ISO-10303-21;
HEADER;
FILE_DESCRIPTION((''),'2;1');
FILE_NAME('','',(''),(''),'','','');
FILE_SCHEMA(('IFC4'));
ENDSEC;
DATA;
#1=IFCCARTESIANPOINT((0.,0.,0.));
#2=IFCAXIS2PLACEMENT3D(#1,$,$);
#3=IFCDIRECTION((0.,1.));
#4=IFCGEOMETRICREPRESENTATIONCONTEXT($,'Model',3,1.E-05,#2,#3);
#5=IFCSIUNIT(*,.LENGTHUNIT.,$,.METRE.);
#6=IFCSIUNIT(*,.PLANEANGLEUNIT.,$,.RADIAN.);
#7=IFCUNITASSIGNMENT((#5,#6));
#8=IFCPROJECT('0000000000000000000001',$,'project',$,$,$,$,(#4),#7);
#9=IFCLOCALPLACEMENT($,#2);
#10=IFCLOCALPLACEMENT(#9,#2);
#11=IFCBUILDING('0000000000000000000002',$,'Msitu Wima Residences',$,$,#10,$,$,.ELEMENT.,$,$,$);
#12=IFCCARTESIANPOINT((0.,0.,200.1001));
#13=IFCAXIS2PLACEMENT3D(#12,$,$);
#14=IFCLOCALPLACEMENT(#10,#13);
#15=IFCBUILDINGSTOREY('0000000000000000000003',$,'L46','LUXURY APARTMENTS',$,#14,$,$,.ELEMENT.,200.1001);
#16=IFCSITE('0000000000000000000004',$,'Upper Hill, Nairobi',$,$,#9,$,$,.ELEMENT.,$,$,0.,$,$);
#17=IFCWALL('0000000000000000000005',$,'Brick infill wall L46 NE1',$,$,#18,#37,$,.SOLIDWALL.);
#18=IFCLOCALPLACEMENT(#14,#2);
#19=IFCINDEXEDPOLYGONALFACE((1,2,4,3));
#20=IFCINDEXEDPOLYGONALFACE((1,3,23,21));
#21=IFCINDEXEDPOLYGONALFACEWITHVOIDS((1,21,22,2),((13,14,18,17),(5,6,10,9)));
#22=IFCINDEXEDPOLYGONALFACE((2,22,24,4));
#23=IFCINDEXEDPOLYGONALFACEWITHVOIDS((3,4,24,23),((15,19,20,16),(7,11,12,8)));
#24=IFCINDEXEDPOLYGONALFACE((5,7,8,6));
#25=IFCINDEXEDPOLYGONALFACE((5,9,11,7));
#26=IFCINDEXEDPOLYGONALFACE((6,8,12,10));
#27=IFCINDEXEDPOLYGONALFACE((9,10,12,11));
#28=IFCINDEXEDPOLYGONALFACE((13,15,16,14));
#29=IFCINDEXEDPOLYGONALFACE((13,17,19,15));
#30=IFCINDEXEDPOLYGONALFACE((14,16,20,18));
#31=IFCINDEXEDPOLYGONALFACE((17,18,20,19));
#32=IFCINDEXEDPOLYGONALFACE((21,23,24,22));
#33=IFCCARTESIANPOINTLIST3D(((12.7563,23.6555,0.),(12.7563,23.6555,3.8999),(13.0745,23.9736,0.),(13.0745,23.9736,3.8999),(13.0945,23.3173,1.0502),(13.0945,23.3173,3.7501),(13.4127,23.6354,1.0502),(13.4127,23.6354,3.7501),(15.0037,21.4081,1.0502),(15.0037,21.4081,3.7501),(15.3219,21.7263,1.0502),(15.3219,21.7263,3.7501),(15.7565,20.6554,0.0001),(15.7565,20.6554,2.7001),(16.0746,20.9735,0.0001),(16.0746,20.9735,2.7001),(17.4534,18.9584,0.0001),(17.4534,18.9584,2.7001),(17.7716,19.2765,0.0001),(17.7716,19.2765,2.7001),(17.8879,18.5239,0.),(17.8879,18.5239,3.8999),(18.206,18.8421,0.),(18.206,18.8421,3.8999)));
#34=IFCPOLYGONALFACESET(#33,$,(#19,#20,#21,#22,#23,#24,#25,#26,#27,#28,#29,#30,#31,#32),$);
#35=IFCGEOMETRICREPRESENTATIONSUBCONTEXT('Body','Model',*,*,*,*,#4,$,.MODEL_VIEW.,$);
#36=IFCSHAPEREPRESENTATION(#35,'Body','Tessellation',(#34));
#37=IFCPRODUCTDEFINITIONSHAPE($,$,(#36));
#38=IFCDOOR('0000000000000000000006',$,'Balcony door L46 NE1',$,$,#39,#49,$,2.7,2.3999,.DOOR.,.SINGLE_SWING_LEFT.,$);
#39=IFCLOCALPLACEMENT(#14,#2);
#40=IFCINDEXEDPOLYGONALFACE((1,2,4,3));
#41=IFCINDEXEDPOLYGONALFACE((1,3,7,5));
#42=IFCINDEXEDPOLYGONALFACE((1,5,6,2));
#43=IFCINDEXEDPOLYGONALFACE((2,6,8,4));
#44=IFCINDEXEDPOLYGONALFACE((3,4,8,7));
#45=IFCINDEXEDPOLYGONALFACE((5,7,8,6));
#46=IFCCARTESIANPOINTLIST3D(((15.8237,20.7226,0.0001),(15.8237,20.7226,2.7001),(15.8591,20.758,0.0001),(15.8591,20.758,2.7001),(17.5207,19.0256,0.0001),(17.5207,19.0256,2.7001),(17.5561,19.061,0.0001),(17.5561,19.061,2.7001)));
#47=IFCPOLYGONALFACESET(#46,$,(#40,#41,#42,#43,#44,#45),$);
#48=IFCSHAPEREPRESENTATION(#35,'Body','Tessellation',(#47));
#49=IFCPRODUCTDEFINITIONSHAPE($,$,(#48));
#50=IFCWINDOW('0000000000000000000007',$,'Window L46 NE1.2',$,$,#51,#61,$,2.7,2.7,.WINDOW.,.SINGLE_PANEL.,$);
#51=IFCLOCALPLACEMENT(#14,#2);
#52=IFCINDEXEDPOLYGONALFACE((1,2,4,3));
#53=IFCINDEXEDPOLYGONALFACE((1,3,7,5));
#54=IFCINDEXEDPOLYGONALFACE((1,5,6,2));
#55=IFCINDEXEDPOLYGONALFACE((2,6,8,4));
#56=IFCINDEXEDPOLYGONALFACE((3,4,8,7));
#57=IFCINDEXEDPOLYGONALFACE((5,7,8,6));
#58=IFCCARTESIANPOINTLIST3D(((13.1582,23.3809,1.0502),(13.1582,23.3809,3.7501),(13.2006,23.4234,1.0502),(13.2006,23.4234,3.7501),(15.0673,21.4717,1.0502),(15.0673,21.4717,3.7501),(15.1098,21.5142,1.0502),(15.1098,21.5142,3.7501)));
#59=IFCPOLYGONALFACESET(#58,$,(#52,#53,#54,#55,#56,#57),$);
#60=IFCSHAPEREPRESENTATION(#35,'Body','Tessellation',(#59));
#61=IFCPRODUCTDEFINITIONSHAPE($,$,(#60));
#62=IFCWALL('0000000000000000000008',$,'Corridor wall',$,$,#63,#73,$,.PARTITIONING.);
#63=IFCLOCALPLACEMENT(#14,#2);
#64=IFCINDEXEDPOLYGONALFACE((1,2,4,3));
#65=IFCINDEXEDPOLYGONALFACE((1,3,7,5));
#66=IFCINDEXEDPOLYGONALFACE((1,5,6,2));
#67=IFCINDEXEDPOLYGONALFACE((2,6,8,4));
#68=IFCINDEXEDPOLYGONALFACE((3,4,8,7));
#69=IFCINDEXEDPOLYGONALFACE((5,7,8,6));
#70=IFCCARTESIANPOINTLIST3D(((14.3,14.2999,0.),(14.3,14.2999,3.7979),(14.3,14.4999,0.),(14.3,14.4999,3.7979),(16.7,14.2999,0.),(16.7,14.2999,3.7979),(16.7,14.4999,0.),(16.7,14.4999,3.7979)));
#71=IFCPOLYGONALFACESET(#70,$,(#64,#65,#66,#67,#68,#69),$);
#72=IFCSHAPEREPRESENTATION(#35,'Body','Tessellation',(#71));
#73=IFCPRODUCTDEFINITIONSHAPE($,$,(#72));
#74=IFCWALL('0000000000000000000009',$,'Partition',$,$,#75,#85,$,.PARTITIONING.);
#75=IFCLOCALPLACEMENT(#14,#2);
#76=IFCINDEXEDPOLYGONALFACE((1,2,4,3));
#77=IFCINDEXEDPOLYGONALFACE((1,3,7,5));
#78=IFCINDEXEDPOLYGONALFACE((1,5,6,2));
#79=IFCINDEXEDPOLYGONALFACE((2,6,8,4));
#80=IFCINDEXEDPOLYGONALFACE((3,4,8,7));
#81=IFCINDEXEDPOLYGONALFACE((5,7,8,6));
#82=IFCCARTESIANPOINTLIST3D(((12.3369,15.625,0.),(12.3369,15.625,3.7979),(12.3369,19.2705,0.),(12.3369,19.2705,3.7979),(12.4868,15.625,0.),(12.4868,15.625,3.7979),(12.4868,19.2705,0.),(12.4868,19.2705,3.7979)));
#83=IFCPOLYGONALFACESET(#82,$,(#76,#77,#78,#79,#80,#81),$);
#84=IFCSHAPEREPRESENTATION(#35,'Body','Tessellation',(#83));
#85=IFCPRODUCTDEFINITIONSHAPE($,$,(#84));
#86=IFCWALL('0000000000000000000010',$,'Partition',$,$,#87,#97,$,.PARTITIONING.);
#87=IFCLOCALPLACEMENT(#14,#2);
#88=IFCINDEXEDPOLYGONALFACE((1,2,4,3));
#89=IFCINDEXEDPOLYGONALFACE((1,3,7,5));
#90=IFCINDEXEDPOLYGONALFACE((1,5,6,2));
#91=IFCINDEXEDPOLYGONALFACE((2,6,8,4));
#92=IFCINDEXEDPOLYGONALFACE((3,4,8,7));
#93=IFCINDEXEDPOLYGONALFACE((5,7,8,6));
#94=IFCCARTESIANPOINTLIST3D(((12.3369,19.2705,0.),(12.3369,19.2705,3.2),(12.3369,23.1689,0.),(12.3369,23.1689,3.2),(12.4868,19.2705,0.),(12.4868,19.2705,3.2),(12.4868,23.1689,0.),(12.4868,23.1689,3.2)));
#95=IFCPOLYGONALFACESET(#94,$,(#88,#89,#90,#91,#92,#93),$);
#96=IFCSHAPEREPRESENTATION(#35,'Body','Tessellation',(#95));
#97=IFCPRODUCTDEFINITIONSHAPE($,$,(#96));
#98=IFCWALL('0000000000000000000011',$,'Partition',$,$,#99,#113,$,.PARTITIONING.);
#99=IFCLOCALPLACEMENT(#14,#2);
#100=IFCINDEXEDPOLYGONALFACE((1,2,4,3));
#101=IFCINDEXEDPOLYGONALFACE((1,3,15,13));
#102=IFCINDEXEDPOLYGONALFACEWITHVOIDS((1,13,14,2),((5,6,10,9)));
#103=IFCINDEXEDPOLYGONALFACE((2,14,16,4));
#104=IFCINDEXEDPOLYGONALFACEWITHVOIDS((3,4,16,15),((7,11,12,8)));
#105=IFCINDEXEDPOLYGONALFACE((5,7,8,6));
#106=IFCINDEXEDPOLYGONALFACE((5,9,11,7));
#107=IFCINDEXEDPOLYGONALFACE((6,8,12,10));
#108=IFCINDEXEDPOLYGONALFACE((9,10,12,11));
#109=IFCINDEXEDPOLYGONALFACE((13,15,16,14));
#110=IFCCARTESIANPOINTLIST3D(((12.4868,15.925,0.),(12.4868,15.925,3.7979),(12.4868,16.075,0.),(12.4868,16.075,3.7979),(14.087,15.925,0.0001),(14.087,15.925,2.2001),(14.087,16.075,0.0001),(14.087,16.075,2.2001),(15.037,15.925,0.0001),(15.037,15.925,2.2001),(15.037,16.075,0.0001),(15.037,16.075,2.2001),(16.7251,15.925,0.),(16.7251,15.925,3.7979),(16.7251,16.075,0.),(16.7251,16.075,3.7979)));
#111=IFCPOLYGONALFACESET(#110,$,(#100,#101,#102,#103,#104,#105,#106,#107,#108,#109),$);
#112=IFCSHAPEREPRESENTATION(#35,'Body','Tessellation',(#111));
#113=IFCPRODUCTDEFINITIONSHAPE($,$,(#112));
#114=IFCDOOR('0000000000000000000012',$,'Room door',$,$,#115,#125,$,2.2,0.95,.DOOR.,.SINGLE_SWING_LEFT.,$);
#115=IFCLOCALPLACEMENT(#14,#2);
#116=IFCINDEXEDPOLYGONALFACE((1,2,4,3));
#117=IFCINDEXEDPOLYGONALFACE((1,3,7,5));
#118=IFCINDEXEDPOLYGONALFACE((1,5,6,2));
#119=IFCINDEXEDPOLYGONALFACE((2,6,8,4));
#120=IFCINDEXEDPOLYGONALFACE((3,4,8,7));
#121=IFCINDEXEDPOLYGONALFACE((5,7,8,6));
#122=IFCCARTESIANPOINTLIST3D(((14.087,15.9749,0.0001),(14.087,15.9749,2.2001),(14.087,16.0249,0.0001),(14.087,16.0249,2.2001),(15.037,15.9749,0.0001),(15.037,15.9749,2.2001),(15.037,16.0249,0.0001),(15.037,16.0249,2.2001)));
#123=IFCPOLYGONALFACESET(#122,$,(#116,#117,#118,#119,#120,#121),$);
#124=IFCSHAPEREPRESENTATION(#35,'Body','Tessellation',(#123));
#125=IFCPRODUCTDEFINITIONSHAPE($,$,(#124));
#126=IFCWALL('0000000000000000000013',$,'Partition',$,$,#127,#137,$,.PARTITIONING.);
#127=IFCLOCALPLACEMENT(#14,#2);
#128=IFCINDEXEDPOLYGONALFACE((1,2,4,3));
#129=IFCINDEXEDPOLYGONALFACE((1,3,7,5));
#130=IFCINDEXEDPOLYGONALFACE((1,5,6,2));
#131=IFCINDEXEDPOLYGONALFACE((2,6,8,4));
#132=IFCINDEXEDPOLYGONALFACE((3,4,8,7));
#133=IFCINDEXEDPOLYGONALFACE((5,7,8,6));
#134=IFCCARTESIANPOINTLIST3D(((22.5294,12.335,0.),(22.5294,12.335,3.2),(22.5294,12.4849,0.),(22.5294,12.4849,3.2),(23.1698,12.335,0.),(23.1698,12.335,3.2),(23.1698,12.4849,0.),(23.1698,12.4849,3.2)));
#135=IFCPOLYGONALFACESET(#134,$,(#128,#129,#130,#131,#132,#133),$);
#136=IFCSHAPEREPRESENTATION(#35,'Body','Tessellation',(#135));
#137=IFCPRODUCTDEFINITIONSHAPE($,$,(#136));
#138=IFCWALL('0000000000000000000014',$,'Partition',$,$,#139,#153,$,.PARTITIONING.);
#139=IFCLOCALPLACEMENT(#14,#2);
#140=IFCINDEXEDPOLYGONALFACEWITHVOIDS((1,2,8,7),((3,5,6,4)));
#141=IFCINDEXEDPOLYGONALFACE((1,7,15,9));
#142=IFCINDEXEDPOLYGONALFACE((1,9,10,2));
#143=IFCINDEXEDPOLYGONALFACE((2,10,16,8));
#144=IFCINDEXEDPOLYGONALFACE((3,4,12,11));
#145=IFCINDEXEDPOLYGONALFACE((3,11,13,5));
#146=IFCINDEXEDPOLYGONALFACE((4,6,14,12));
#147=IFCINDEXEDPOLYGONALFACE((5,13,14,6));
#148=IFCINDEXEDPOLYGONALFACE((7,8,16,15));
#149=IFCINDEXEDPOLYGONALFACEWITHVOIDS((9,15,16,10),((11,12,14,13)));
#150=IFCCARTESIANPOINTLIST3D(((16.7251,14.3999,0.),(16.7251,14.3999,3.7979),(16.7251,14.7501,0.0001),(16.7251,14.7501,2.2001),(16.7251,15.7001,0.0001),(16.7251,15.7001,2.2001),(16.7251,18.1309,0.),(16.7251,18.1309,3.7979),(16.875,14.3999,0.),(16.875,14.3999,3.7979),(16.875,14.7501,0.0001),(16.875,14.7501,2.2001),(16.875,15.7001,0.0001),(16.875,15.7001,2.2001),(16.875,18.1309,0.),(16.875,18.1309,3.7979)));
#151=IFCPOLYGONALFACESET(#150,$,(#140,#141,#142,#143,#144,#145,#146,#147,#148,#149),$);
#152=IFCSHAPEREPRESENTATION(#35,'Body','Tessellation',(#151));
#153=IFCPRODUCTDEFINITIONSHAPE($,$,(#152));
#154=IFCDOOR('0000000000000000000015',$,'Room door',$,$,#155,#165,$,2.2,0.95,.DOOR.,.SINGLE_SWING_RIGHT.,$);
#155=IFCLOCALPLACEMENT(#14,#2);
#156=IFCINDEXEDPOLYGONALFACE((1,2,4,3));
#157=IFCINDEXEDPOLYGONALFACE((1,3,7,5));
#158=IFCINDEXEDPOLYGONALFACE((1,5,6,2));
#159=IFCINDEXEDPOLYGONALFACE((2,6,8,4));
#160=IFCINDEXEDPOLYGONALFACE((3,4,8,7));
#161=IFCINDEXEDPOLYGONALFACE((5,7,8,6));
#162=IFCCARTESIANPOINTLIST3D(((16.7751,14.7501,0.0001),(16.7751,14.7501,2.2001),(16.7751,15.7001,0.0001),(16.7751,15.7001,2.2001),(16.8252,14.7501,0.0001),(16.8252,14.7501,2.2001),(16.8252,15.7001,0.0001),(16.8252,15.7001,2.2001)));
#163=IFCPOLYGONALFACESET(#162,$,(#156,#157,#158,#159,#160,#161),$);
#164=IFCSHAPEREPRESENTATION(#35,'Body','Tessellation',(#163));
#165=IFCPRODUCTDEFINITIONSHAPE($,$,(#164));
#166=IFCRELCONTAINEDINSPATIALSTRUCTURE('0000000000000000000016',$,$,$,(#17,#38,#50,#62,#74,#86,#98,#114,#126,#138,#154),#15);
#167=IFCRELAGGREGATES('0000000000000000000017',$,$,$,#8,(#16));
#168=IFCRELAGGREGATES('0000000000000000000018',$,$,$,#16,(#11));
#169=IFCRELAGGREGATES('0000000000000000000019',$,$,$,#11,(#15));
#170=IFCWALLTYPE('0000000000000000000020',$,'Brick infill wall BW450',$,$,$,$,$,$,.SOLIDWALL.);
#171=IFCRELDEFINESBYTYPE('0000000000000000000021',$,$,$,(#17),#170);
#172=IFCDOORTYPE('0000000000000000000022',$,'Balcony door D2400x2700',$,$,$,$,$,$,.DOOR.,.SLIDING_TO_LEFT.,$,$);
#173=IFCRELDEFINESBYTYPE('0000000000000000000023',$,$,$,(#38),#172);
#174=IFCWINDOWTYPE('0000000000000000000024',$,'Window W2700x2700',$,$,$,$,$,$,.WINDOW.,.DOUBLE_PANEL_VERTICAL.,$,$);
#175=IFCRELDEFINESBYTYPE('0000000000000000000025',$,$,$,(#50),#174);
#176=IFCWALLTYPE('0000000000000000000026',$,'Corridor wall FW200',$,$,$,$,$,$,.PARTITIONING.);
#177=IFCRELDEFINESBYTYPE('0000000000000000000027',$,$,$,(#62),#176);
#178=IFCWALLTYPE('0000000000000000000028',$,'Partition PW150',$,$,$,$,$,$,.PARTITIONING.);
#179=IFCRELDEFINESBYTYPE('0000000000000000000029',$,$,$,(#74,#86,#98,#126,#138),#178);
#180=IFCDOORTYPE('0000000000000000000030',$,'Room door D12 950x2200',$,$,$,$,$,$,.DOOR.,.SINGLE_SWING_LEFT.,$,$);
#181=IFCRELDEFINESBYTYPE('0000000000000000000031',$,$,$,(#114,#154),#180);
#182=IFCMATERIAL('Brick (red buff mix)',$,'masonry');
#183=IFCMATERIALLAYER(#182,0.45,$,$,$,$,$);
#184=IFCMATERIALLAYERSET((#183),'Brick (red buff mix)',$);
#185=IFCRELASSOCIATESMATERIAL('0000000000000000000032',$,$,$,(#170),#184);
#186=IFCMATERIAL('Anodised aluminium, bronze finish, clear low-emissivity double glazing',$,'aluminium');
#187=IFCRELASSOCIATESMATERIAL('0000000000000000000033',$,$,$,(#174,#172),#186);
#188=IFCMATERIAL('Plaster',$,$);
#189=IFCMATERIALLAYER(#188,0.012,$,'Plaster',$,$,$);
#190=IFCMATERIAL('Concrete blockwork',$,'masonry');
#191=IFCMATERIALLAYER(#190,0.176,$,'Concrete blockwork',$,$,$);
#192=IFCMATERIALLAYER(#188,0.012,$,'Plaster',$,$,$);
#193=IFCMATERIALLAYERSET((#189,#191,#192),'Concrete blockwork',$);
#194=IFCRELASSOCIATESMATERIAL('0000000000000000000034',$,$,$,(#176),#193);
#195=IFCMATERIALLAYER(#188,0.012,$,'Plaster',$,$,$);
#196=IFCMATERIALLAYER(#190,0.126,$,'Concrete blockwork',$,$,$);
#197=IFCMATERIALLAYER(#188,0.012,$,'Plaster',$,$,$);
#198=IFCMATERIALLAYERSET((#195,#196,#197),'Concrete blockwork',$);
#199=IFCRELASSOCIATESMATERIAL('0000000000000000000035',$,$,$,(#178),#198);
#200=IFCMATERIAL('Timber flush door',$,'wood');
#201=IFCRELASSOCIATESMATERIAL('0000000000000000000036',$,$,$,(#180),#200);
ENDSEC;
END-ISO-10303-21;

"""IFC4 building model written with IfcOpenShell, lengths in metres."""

from ifc_helpers import new_model, si_unit, direction, frame, frame_2d, origin, place, context, subcontext, project, spatial, rectangle, extrude, material, layer, layer_set, type_object, element, fill, save


model = new_model("IFC4")

# Units and contexts
model_context = context("Model", 3, precision=1e-05, world=origin(), true_north=direction((0.0, 1.0)))
body_context = subcontext(model_context, "Body", "Model", "MODEL_VIEW")
ifc_project = project(units=[si_unit("LENGTHUNIT", "METRE"), si_unit("PLANEANGLEUNIT", "RADIAN")], contexts=[model_context])

# Site, building, storey
site_placement = place(None, origin())
site = spatial("IfcSite", under=ifc_project, at=site_placement, Name="Upper Hill, Nairobi", CompositionType="ELEMENT", RefElevation=0.0)
building_placement = place(site_placement, origin())
building = spatial("IfcBuilding", under=site, at=building_placement, Name="Msitu Wima Residences", CompositionType="ELEMENT")
storey_placement = place(building_placement, frame((0.0, 0.0, 200.1001)))
storey = spatial("IfcBuildingStorey", under=building, at=storey_placement, Name="L46", Description="LUXURY APARTMENTS", CompositionType="ELEMENT", Elevation=200.1001)

# Shared definitions
ifc_material_1 = material(Name="Brick (red buff mix)", Category="masonry")
ifc_layer_1 = layer(ifc_material_1, 0.45)
ifc_layer_set_1 = layer_set([ifc_layer_1], Name="Brick (red buff mix)")
wall_type_1 = type_object("IfcWallType", Name="Brick infill wall BW450", PredefinedType="SOLIDWALL", material=ifc_layer_set_1)
ifc_material_2 = material(Name="Anodised aluminium, bronze finish, clear low-emissivity double glazing", Category="aluminium")
window_type = type_object("IfcWindowType", Name="Window W2700x2700", PartitioningType="DOUBLE_PANEL_VERTICAL", PredefinedType="WINDOW", material=ifc_material_2)

# Wall, openings, door, window
wall_1_placement = place(storey_placement, frame((18.0469, 18.6831, 0.0), z_axis=(0.0, 0.0, 1.0), x_axis=(-0.707107, 0.707107, 0.0)))
wall_1 = element("IfcWall", 1, at=wall_1_placement, inside=storey, type_object=wall_type_1, Name="Brick infill wall L46 NE1", PredefinedType="SOLIDWALL", context=body_context, shape_type="SweptSolid", body=[
    extrude(rectangle(XDim=7.2571, YDim=0.45, at=frame_2d((3.6284, 0.0))), origin(), (0.0, 0.0, 1.0), 3.8999),
])
opening_1_placement = place(wall_1_placement, frame((0.6143, 0.0, 0.0)))
opening_1 = element("IfcOpeningElement", 2, at=opening_1_placement, cuts=wall_1, PredefinedType="OPENING", context=body_context, shape_type="SweptSolid", body=[
    extrude(rectangle(XDim=2.3999, YDim=2.7, at=frame_2d((1.2, 1.3501))), frame((0.0, 0.2349, 0.0), z_axis=(0.0, -1.0, 0.0), x_axis=(1.0, 0.0, 0.0)), (0.0, 0.0, 1.0), 0.47),
])
opening_2_placement = place(wall_1_placement, frame((4.0786, 0.0, 1.05)))
opening_2 = element("IfcOpeningElement", 3, at=opening_2_placement, cuts=wall_1, PredefinedType="OPENING", context=body_context, shape_type="SweptSolid", body=[
    extrude(rectangle(XDim=2.7, YDim=2.7, at=frame_2d((1.3501, 1.3501))), frame((0.0, 0.2349, 0.0), z_axis=(0.0, -1.0, 0.0), x_axis=(1.0, 0.0, 0.0)), (0.0, 0.0, 1.0), 0.47),
])
door_type_1 = type_object("IfcDoorType", Name="Balcony door D2400x2700", OperationType="SLIDING_TO_LEFT", PredefinedType="DOOR", material=ifc_material_2)
door_1_placement = place(opening_1_placement, origin())
door_1 = element("IfcDoor", 4, at=door_1_placement, inside=storey, type_object=door_type_1, Name="Balcony door L46 NE1", OperationType="SINGLE_SWING_LEFT", OverallHeight=2.7, OverallWidth=2.3999, PredefinedType="DOOR", context=body_context, shape_type="SweptSolid", body=[
    extrude(rectangle(XDim=2.3999, YDim=2.7, at=frame_2d((1.2, 1.3501))), frame((0.0, 0.1299, 0.0), z_axis=(0.0, -1.0, 0.0), x_axis=(1.0, 0.0, 0.0)), (0.0, 0.0, 1.0), 0.05),
])
fill(opening_1, door_1)
window_1_placement = place(opening_2_placement, origin())
window_1 = element("IfcWindow", 5, at=window_1_placement, inside=storey, type_object=window_type, Name="Window L46 NE1.2", OverallHeight=2.7, OverallWidth=2.7, PartitioningType="SINGLE_PANEL", PredefinedType="WINDOW", context=body_context, shape_type="SweptSolid", body=[
    extrude(rectangle(XDim=2.7, YDim=2.7, at=frame_2d((1.3501, 1.3501))), frame((0.0, 0.135, 0.0), z_axis=(0.0, -1.0, 0.0), x_axis=(1.0, 0.0, 0.0)), (0.0, 0.0, 1.0), 0.0601),
])
fill(opening_2, window_1)

# Walls
ifc_material_3 = material(Name="Plaster")
ifc_layer_2 = layer(ifc_material_3, 0.012, Name="Plaster")
ifc_material_4 = material(Name="Concrete blockwork", Category="masonry")
ifc_layer_3 = layer(ifc_material_4, 0.176, Name="Concrete blockwork")
ifc_layer_4 = layer(ifc_material_3, 0.012, Name="Plaster")
ifc_layer_set_2 = layer_set([ifc_layer_2, ifc_layer_3, ifc_layer_4], Name="Concrete blockwork")
wall_type_2 = type_object("IfcWallType", Name="Corridor wall FW200", PredefinedType="PARTITIONING", material=ifc_layer_set_2)
wall_2_placement = place(storey_placement, frame((14.3, 14.3999, 0.0), z_axis=(0.0, 0.0, 1.0), x_axis=(1.0, 0.0, 0.0)))
element("IfcWall", 6, at=wall_2_placement, inside=storey, type_object=wall_type_2, Name="Corridor wall", PredefinedType="PARTITIONING", context=body_context, shape_type="SweptSolid", body=[
    extrude(rectangle(XDim=2.3999, YDim=0.2, at=frame_2d((1.2, 0.0))), origin(), (0.0, 0.0, 1.0), 3.7979),
])
ifc_layer_5 = layer(ifc_material_3, 0.012, Name="Plaster")
ifc_layer_6 = layer(ifc_material_4, 0.126, Name="Concrete blockwork")
ifc_layer_7 = layer(ifc_material_3, 0.012, Name="Plaster")
ifc_layer_set_3 = layer_set([ifc_layer_5, ifc_layer_6, ifc_layer_7], Name="Concrete blockwork")
wall_type_3 = type_object("IfcWallType", Name="Partition PW150", PredefinedType="PARTITIONING", material=ifc_layer_set_3)
wall_3_placement = place(storey_placement, frame((12.4119, 15.625, 0.0), z_axis=(0.0, 0.0, 1.0), x_axis=(0.0, 1.0, 0.0)))
element("IfcWall", 7, at=wall_3_placement, inside=storey, type_object=wall_type_3, Name="Partition", PredefinedType="PARTITIONING", context=body_context, shape_type="SweptSolid", body=[
    extrude(rectangle(XDim=3.6455, YDim=0.1499, at=frame_2d((1.8228, 0.0))), origin(), (0.0, 0.0, 1.0), 3.7979),
])
wall_4_placement = place(storey_placement, frame((12.4119, 19.2705, 0.0), z_axis=(0.0, 0.0, 1.0), x_axis=(0.0, 1.0, 0.0)))
element("IfcWall", 8, at=wall_4_placement, inside=storey, type_object=wall_type_3, Name="Partition", PredefinedType="PARTITIONING", context=body_context, shape_type="SweptSolid", body=[
    extrude(rectangle(XDim=3.8984, YDim=0.1499, at=frame_2d((1.9492, 0.0))), origin(), (0.0, 0.0, 1.0), 3.2),
])

# Wall, opening, door
wall_5_placement = place(storey_placement, frame((12.4868, 16.0, 0.0), z_axis=(0.0, 0.0, 1.0), x_axis=(1.0, 0.0, 0.0)))
wall_5 = element("IfcWall", 9, at=wall_5_placement, inside=storey, type_object=wall_type_3, Name="Partition", PredefinedType="PARTITIONING", context=body_context, shape_type="SweptSolid", body=[
    extrude(rectangle(XDim=4.2383, YDim=0.1499, at=frame_2d((2.1191, 0.0))), origin(), (0.0, 0.0, 1.0), 3.7979),
])
opening_3_placement = place(wall_5_placement, frame((1.6001, 0.0, 0.0)))
opening_3 = element("IfcOpeningElement", 10, at=opening_3_placement, cuts=wall_5, PredefinedType="OPENING", context=body_context, shape_type="SweptSolid", body=[
    extrude(rectangle(XDim=0.95, YDim=2.2, at=frame_2d((0.4751, 1.1001))), frame((0.0, 0.085, 0.0), z_axis=(0.0, -1.0, 0.0), x_axis=(1.0, 0.0, 0.0)), (0.0, 0.0, 1.0), 0.1699),
])
ifc_material_5 = material(Name="Timber flush door", Category="wood")
door_type_2 = type_object("IfcDoorType", Name="Room door D12 950x2200", OperationType="SINGLE_SWING_LEFT", PredefinedType="DOOR", material=ifc_material_5)
door_2_placement = place(opening_3_placement, origin())
door_2 = element("IfcDoor", 11, at=door_2_placement, inside=storey, type_object=door_type_2, Name="Room door", OperationType="SINGLE_SWING_LEFT", OverallHeight=2.2, OverallWidth=0.95, PredefinedType="DOOR", context=body_context, shape_type="SweptSolid", body=[
    extrude(rectangle(XDim=0.95, YDim=2.2, at=frame_2d((0.4751, 1.1001))), frame((0.0, 0.0249, 0.0), z_axis=(0.0, -1.0, 0.0), x_axis=(1.0, 0.0, 0.0)), (0.0, 0.0, 1.0), 0.05),
])
fill(opening_3, door_2)

# Wall
wall_6_placement = place(storey_placement, frame((22.5293, 12.4099, 0.0), z_axis=(0.0, 0.0, 1.0), x_axis=(1.0, 0.0, 0.0)))
element("IfcWall", 12, at=wall_6_placement, inside=storey, type_object=wall_type_3, Name="Partition", PredefinedType="PARTITIONING", context=body_context, shape_type="SweptSolid", body=[
    extrude(rectangle(XDim=0.6404, YDim=0.1499, at=frame_2d((0.3203, 0.0))), origin(), (0.0, 0.0, 1.0), 3.2),
])

# Wall, opening, door
wall_7_placement = place(storey_placement, frame((16.8, 14.3999, 0.0), z_axis=(0.0, 0.0, 1.0), x_axis=(0.0, 1.0, 0.0)))
wall_7 = element("IfcWall", 13, at=wall_7_placement, inside=storey, type_object=wall_type_3, Name="Partition", PredefinedType="PARTITIONING", context=body_context, shape_type="SweptSolid", body=[
    extrude(rectangle(XDim=3.731, YDim=0.1499, at=frame_2d((1.8655, 0.0))), origin(), (0.0, 0.0, 1.0), 3.7979),
])
opening_4_placement = place(wall_7_placement, frame((0.3501, 0.0, 0.0)))
opening_4 = element("IfcOpeningElement", 14, at=opening_4_placement, cuts=wall_7, PredefinedType="OPENING", context=body_context, shape_type="SweptSolid", body=[
    extrude(rectangle(XDim=0.95, YDim=2.2, at=frame_2d((0.4751, 1.1001))), frame((0.0, 0.085, 0.0), z_axis=(0.0, -1.0, 0.0), x_axis=(1.0, 0.0, 0.0)), (0.0, 0.0, 1.0), 0.1699),
])
door_3_placement = place(opening_4_placement, origin())
door_3 = element("IfcDoor", 15, at=door_3_placement, inside=storey, type_object=door_type_2, Name="Room door", OperationType="SINGLE_SWING_RIGHT", OverallHeight=2.2, OverallWidth=0.95, PredefinedType="DOOR", context=body_context, shape_type="SweptSolid", body=[
    extrude(rectangle(XDim=0.95, YDim=2.2, at=frame_2d((0.4751, 1.1001))), frame((0.0, 0.0249, 0.0), z_axis=(0.0, -1.0, 0.0), x_axis=(1.0, 0.0, 0.0)), (0.0, 0.0, 1.0), 0.05),
])
fill(opening_4, door_3)

save(model, "model.ifc")
